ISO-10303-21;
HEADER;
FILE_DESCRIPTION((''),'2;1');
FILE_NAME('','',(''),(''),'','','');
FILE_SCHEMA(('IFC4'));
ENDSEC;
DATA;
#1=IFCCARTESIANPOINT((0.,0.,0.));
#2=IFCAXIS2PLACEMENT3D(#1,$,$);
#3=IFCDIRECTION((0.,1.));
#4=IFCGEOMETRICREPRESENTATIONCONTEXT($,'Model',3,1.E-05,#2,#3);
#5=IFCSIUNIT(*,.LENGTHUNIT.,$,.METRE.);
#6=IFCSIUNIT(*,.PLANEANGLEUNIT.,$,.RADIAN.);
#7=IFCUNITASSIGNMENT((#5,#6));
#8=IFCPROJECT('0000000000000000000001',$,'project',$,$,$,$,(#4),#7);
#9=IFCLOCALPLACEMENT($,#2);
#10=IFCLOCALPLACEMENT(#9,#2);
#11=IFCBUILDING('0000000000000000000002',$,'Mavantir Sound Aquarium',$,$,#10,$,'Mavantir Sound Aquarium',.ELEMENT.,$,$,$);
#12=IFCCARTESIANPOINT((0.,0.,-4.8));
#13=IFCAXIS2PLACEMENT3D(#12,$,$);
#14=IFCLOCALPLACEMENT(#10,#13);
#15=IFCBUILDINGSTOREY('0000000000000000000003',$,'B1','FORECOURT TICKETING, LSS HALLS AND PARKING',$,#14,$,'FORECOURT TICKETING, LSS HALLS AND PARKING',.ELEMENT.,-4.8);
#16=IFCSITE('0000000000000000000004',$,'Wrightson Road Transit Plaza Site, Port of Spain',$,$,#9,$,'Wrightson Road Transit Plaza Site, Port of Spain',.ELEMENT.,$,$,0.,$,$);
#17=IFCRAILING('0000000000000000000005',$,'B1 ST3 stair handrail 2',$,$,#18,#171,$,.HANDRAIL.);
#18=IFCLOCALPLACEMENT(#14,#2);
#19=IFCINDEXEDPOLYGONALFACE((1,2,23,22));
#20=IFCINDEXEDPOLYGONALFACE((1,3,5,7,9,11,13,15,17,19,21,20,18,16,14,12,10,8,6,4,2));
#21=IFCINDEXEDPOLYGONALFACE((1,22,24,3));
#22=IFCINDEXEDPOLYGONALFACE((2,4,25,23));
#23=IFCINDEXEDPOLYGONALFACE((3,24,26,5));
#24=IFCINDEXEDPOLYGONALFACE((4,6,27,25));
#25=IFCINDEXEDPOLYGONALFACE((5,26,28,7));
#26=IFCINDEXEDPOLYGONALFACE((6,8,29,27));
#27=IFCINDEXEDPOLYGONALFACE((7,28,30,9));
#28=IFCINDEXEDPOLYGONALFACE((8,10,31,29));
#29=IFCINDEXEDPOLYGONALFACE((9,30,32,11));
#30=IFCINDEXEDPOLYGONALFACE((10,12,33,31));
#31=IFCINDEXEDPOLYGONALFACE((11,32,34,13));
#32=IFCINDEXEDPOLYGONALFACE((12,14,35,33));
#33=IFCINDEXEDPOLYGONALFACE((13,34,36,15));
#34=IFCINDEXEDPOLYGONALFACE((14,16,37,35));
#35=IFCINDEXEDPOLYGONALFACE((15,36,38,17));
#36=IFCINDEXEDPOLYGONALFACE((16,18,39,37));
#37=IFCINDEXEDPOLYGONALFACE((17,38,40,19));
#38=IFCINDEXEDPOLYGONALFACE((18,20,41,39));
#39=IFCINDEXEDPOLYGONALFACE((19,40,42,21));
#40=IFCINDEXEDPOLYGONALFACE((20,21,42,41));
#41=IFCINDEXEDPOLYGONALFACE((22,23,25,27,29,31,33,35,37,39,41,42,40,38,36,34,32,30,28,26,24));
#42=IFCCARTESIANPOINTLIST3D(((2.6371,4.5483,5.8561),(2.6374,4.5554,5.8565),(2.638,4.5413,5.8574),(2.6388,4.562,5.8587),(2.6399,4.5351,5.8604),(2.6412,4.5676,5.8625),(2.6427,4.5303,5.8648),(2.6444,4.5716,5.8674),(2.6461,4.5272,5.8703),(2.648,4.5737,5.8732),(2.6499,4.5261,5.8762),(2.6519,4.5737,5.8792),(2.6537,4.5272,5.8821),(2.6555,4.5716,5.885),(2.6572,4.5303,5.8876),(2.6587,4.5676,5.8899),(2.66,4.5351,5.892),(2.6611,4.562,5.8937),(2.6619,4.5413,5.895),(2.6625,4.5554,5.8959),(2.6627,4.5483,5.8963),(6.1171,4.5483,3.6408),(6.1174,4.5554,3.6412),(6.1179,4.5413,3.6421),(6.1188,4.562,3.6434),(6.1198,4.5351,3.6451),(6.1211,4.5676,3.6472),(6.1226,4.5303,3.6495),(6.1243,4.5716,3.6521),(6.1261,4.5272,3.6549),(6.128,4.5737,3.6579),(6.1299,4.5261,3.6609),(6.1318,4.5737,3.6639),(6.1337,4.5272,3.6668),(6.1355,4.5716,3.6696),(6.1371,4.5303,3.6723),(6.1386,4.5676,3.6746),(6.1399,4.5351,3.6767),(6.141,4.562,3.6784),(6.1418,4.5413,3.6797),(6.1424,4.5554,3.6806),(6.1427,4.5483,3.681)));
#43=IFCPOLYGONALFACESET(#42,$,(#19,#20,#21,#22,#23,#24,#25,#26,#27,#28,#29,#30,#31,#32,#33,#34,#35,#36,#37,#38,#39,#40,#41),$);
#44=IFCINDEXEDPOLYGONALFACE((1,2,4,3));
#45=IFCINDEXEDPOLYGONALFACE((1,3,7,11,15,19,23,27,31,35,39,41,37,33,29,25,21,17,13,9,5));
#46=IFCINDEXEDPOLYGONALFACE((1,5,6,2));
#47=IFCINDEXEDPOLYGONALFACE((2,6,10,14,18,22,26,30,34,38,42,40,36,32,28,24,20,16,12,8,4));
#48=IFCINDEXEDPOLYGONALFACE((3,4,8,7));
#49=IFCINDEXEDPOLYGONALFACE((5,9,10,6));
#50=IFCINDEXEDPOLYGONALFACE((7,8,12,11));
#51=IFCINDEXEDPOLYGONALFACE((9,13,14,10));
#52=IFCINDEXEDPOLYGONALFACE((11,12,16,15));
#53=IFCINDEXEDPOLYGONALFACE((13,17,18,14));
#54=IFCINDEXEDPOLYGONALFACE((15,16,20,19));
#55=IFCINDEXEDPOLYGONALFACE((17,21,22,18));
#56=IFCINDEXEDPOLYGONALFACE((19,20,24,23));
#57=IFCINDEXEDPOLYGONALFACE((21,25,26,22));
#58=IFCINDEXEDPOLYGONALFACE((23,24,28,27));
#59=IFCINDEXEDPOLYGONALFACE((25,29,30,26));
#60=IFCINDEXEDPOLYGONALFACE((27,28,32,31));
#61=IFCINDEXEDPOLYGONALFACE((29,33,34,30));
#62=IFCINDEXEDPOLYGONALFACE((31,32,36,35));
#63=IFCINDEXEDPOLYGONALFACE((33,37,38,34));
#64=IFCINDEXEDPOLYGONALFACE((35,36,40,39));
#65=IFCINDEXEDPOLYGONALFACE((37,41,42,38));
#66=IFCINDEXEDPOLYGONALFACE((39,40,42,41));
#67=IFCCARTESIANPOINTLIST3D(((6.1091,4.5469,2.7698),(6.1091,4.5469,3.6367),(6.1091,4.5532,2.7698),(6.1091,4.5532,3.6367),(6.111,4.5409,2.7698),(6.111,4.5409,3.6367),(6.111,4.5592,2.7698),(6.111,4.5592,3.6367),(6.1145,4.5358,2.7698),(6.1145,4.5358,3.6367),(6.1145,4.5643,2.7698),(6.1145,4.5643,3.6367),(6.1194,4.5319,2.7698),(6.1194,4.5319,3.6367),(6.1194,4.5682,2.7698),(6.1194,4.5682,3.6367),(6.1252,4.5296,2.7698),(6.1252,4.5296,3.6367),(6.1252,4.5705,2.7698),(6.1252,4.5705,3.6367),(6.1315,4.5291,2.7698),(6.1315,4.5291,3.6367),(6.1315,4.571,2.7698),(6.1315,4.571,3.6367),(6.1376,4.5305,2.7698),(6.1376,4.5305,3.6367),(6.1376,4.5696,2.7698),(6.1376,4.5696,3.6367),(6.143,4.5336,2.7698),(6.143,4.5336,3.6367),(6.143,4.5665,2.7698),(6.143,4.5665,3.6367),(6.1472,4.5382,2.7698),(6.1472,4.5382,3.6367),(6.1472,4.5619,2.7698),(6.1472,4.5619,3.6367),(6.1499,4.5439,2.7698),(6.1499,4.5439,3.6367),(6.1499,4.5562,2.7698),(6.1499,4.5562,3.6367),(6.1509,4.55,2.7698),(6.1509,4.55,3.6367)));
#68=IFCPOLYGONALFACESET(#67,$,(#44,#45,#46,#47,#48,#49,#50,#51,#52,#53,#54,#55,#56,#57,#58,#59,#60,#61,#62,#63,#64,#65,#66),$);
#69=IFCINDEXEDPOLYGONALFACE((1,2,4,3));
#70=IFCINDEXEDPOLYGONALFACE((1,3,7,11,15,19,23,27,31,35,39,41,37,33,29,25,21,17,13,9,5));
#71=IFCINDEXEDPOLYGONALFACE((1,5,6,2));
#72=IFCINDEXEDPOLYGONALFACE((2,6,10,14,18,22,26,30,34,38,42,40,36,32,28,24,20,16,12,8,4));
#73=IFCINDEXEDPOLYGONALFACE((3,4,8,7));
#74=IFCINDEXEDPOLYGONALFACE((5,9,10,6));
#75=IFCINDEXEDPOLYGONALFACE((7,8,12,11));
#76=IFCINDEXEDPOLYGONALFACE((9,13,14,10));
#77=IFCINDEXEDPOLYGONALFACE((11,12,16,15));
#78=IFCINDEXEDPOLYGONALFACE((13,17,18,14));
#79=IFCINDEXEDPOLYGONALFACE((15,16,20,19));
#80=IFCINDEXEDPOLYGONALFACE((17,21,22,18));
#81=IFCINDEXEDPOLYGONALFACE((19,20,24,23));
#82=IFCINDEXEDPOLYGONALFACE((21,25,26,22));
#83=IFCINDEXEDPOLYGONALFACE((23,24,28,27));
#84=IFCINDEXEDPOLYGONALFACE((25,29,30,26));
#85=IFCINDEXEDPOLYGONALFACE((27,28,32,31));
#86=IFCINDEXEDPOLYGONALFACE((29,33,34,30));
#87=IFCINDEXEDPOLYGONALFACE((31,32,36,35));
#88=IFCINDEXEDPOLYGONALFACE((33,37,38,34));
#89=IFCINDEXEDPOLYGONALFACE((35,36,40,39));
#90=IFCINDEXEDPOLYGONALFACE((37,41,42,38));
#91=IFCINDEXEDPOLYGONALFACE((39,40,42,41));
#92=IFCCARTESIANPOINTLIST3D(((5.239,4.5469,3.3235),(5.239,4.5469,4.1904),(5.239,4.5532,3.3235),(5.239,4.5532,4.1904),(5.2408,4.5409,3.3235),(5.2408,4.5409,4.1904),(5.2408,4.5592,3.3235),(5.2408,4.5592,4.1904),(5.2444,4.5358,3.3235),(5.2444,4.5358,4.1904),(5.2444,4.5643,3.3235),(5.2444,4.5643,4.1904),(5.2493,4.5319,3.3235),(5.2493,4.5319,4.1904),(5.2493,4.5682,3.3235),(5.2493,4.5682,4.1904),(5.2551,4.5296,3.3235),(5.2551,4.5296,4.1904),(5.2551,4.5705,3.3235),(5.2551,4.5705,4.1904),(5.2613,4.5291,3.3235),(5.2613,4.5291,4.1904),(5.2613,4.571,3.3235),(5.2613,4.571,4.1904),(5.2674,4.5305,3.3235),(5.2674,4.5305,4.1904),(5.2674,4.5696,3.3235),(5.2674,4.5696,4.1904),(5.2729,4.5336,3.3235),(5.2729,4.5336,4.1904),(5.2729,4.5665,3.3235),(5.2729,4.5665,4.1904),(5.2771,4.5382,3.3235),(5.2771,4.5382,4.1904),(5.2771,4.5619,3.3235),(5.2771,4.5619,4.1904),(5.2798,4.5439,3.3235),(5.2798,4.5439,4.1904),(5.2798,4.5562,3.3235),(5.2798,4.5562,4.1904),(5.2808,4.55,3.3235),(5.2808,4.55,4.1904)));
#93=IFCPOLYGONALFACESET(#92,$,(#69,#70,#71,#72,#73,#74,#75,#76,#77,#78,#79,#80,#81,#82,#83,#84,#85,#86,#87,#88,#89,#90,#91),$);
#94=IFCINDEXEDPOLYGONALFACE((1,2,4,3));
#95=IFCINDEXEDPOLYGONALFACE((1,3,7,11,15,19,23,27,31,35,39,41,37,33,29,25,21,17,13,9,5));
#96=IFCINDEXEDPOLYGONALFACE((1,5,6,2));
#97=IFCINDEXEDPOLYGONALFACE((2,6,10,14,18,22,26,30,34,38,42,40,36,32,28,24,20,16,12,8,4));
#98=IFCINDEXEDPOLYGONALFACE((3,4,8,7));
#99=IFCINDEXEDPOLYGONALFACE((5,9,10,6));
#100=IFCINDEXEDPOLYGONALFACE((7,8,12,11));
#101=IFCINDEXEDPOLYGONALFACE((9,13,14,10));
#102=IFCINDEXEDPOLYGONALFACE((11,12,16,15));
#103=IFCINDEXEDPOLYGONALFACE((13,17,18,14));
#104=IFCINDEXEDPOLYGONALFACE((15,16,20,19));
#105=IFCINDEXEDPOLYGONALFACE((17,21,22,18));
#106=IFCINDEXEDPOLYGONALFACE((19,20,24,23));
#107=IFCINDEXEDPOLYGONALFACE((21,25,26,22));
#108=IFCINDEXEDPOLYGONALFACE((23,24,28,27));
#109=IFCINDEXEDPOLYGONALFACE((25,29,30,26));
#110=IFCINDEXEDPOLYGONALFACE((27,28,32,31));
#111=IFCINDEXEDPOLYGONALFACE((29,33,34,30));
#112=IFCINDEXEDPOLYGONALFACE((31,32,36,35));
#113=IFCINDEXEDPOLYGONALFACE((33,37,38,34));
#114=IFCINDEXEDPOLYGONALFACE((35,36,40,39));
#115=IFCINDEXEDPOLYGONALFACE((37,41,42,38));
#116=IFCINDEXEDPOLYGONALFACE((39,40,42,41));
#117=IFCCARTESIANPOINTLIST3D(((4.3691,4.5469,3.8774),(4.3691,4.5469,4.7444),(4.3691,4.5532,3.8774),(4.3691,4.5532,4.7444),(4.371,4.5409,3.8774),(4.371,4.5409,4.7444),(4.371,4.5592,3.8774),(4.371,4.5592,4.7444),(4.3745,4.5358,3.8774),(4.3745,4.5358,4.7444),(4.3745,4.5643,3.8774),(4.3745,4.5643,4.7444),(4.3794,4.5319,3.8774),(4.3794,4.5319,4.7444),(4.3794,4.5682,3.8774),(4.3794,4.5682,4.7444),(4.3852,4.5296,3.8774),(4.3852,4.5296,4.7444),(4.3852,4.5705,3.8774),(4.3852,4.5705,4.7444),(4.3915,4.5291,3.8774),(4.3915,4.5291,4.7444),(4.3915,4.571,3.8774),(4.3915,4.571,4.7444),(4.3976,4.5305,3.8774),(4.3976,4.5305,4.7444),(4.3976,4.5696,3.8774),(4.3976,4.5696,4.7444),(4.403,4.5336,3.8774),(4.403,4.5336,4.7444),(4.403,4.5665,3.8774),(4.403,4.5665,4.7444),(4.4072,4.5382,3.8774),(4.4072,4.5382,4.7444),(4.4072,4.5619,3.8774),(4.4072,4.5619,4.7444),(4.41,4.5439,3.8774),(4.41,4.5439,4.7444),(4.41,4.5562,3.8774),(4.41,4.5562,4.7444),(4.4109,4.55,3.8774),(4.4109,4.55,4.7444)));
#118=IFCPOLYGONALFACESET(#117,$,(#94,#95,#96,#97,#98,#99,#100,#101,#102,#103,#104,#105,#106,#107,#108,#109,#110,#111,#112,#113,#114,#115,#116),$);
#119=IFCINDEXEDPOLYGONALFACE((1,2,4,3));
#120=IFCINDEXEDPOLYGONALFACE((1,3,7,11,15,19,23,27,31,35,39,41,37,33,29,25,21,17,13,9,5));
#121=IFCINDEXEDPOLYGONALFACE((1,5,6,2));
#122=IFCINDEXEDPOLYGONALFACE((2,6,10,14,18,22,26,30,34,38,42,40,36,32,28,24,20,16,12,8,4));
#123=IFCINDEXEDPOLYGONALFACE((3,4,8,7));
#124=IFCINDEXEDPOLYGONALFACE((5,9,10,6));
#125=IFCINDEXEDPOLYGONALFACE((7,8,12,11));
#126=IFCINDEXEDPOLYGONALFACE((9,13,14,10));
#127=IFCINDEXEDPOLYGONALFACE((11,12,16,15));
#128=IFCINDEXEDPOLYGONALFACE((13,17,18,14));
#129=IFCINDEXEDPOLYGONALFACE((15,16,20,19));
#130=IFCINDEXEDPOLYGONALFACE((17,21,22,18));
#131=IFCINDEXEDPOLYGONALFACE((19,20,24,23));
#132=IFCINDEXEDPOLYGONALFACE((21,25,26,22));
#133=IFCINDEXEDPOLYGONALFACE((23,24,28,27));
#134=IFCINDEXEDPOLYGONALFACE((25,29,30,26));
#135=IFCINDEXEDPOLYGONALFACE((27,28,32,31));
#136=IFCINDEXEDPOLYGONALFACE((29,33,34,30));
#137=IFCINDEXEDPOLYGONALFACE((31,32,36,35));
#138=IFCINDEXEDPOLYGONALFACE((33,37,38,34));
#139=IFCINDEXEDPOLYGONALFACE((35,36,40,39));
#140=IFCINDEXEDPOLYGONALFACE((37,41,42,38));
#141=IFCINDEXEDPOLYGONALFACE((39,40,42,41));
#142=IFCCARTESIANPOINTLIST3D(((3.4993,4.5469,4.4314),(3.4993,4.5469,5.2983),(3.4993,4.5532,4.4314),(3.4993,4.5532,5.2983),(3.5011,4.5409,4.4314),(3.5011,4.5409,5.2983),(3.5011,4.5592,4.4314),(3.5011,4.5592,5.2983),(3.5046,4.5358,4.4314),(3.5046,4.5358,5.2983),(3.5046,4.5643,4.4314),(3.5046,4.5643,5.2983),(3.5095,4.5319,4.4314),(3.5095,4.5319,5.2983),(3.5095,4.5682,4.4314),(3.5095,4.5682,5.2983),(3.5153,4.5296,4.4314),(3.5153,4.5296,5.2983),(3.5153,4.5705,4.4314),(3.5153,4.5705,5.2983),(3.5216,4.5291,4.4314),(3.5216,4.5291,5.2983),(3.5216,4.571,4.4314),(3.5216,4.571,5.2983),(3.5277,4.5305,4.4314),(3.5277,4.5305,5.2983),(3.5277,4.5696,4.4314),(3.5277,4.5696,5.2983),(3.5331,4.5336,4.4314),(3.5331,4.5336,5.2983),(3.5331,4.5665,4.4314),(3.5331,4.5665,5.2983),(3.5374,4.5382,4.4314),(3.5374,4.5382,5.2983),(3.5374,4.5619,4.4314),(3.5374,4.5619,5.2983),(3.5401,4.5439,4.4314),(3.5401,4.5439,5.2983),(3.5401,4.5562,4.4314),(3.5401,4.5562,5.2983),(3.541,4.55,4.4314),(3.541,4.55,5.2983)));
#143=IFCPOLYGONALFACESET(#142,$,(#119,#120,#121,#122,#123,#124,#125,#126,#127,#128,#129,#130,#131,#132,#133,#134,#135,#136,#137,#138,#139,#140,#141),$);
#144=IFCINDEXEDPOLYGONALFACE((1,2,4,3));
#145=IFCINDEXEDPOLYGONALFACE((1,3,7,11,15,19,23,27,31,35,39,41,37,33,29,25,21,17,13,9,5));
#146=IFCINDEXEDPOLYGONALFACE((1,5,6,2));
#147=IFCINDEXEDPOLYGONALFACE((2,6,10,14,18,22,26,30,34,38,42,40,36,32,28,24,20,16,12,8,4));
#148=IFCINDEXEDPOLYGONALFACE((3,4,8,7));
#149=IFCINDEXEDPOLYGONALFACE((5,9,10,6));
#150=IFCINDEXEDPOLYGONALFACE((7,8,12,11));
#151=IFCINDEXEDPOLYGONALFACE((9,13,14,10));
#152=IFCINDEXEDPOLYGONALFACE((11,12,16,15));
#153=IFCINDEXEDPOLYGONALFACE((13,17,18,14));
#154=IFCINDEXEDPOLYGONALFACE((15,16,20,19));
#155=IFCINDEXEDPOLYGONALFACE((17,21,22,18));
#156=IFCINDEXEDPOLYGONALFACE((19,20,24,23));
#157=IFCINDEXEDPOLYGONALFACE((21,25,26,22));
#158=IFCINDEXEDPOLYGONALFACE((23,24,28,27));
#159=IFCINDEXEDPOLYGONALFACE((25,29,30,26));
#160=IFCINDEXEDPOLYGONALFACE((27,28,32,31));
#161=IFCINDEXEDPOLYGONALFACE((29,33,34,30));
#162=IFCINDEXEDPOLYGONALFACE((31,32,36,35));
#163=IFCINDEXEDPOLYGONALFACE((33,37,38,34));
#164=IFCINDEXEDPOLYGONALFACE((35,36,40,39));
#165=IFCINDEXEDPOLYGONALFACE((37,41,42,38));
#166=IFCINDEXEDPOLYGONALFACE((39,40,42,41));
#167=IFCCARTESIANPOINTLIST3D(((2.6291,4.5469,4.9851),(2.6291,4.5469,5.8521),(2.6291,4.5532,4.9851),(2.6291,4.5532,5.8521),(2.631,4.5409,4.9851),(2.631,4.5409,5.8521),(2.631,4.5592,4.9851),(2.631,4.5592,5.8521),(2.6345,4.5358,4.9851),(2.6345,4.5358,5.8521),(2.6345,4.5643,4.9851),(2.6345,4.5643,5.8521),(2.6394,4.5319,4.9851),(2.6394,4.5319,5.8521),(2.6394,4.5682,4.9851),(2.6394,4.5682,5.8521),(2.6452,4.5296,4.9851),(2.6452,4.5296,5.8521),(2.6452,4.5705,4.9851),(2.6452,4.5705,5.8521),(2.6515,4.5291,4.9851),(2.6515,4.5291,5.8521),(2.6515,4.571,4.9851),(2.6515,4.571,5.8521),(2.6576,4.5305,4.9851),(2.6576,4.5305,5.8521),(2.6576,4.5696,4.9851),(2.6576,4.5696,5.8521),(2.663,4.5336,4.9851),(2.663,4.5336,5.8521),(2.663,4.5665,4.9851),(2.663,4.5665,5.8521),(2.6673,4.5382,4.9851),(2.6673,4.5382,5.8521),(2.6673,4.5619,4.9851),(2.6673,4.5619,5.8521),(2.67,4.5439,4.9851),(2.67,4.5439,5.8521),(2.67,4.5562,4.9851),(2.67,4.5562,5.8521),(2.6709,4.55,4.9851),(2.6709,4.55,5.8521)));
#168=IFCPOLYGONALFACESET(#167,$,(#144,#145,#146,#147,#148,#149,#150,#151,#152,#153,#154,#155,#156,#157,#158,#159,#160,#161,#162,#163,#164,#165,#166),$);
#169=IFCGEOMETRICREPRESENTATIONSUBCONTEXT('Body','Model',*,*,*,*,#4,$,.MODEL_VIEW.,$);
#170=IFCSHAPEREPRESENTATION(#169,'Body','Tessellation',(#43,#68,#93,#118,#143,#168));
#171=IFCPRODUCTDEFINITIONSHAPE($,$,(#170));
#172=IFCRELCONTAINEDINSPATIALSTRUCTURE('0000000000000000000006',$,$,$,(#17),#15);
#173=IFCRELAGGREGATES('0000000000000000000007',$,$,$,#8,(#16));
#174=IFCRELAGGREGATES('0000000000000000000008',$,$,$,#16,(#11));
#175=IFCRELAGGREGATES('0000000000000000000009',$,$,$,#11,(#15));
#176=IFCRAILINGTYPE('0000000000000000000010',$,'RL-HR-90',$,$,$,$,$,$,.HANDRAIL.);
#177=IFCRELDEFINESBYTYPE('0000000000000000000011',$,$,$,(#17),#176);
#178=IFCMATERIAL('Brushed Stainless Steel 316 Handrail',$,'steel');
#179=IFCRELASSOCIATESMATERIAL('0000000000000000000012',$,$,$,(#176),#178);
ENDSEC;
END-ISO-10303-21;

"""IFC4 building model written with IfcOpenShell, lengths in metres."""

from ifc_helpers import new_model, si_unit, direction, frame, origin, origin_2d, place, context, subcontext, project, spatial, circle, extrude, material, type_object, element, save


model = new_model("IFC4")

# Units and contexts
model_context = context("Model", 3, precision=1e-05, world=origin(), true_north=direction((0.0, 1.0)))
body_context = subcontext(model_context, "Body", "Model", "MODEL_VIEW")
ifc_project = project(units=[si_unit("LENGTHUNIT", "METRE"), si_unit("PLANEANGLEUNIT", "RADIAN")], contexts=[model_context])

# Site, building, storey
site_placement = place(None, origin())
site = spatial("IfcSite", under=ifc_project, at=site_placement, Name="Wrightson Road Transit Plaza Site, Port of Spain", LongName="Wrightson Road Transit Plaza Site, Port of Spain", CompositionType="ELEMENT", RefElevation=0.0)
building_placement = place(site_placement, origin())
building = spatial("IfcBuilding", under=site, at=building_placement, Name="Mavantir Sound Aquarium", LongName="Mavantir Sound Aquarium", CompositionType="ELEMENT")
storey_placement = place(building_placement, frame((0.0, 0.0, -4.8)))
storey = spatial("IfcBuildingStorey", under=building, at=storey_placement, Name="B1", Description="FORECOURT TICKETING, LSS HALLS AND PARKING", LongName="FORECOURT TICKETING, LSS HALLS AND PARKING", CompositionType="ELEMENT", Elevation=-4.8)

# Railing
ifc_material_1 = material(Name="Brushed Stainless Steel 316 Handrail", Category="steel")
railing_type_1 = type_object("IfcRailingType", Name="RL-HR-90", PredefinedType="HANDRAIL", material=ifc_material_1)
railing_1_placement = place(storey_placement, frame((6.1299, 4.55, 2.7698)))
element("IfcRailing", 1, at=railing_1_placement, inside=storey, type_object=railing_type_1, Name="B1 ST3 stair handrail 2", PredefinedType="HANDRAIL", context=body_context, shape_type="SweptSolid", body=[
    extrude(circle(Radius=0.0239, at=origin_2d()), frame((0.0, 0.0, 0.8911), z_axis=(-0.843574, 0.0, 0.537013), x_axis=(0.0, -1.0, 0.0)), (0.0, 0.0, 1.0), 4.1252),
    extrude(circle(Radius=0.021, at=origin_2d()), origin(), (0.0, 0.0, 1.0), 0.8669),
    extrude(circle(Radius=0.021, at=origin_2d()), frame((-0.8701, 0.0, 0.5537)), (0.0, 0.0, 1.0), 0.8669),
    extrude(circle(Radius=0.021, at=origin_2d()), frame((-1.74, 0.0, 1.1077)), (0.0, 0.0, 1.0), 0.8669),
    extrude(circle(Radius=0.021, at=origin_2d()), frame((-2.6099, 0.0, 1.6616)), (0.0, 0.0, 1.0), 0.8669),
    extrude(circle(Radius=0.021, at=origin_2d()), frame((-3.48, 0.0, 2.2153)), (0.0, 0.0, 1.0), 0.8669),
])

save(model, "model.ifc")
